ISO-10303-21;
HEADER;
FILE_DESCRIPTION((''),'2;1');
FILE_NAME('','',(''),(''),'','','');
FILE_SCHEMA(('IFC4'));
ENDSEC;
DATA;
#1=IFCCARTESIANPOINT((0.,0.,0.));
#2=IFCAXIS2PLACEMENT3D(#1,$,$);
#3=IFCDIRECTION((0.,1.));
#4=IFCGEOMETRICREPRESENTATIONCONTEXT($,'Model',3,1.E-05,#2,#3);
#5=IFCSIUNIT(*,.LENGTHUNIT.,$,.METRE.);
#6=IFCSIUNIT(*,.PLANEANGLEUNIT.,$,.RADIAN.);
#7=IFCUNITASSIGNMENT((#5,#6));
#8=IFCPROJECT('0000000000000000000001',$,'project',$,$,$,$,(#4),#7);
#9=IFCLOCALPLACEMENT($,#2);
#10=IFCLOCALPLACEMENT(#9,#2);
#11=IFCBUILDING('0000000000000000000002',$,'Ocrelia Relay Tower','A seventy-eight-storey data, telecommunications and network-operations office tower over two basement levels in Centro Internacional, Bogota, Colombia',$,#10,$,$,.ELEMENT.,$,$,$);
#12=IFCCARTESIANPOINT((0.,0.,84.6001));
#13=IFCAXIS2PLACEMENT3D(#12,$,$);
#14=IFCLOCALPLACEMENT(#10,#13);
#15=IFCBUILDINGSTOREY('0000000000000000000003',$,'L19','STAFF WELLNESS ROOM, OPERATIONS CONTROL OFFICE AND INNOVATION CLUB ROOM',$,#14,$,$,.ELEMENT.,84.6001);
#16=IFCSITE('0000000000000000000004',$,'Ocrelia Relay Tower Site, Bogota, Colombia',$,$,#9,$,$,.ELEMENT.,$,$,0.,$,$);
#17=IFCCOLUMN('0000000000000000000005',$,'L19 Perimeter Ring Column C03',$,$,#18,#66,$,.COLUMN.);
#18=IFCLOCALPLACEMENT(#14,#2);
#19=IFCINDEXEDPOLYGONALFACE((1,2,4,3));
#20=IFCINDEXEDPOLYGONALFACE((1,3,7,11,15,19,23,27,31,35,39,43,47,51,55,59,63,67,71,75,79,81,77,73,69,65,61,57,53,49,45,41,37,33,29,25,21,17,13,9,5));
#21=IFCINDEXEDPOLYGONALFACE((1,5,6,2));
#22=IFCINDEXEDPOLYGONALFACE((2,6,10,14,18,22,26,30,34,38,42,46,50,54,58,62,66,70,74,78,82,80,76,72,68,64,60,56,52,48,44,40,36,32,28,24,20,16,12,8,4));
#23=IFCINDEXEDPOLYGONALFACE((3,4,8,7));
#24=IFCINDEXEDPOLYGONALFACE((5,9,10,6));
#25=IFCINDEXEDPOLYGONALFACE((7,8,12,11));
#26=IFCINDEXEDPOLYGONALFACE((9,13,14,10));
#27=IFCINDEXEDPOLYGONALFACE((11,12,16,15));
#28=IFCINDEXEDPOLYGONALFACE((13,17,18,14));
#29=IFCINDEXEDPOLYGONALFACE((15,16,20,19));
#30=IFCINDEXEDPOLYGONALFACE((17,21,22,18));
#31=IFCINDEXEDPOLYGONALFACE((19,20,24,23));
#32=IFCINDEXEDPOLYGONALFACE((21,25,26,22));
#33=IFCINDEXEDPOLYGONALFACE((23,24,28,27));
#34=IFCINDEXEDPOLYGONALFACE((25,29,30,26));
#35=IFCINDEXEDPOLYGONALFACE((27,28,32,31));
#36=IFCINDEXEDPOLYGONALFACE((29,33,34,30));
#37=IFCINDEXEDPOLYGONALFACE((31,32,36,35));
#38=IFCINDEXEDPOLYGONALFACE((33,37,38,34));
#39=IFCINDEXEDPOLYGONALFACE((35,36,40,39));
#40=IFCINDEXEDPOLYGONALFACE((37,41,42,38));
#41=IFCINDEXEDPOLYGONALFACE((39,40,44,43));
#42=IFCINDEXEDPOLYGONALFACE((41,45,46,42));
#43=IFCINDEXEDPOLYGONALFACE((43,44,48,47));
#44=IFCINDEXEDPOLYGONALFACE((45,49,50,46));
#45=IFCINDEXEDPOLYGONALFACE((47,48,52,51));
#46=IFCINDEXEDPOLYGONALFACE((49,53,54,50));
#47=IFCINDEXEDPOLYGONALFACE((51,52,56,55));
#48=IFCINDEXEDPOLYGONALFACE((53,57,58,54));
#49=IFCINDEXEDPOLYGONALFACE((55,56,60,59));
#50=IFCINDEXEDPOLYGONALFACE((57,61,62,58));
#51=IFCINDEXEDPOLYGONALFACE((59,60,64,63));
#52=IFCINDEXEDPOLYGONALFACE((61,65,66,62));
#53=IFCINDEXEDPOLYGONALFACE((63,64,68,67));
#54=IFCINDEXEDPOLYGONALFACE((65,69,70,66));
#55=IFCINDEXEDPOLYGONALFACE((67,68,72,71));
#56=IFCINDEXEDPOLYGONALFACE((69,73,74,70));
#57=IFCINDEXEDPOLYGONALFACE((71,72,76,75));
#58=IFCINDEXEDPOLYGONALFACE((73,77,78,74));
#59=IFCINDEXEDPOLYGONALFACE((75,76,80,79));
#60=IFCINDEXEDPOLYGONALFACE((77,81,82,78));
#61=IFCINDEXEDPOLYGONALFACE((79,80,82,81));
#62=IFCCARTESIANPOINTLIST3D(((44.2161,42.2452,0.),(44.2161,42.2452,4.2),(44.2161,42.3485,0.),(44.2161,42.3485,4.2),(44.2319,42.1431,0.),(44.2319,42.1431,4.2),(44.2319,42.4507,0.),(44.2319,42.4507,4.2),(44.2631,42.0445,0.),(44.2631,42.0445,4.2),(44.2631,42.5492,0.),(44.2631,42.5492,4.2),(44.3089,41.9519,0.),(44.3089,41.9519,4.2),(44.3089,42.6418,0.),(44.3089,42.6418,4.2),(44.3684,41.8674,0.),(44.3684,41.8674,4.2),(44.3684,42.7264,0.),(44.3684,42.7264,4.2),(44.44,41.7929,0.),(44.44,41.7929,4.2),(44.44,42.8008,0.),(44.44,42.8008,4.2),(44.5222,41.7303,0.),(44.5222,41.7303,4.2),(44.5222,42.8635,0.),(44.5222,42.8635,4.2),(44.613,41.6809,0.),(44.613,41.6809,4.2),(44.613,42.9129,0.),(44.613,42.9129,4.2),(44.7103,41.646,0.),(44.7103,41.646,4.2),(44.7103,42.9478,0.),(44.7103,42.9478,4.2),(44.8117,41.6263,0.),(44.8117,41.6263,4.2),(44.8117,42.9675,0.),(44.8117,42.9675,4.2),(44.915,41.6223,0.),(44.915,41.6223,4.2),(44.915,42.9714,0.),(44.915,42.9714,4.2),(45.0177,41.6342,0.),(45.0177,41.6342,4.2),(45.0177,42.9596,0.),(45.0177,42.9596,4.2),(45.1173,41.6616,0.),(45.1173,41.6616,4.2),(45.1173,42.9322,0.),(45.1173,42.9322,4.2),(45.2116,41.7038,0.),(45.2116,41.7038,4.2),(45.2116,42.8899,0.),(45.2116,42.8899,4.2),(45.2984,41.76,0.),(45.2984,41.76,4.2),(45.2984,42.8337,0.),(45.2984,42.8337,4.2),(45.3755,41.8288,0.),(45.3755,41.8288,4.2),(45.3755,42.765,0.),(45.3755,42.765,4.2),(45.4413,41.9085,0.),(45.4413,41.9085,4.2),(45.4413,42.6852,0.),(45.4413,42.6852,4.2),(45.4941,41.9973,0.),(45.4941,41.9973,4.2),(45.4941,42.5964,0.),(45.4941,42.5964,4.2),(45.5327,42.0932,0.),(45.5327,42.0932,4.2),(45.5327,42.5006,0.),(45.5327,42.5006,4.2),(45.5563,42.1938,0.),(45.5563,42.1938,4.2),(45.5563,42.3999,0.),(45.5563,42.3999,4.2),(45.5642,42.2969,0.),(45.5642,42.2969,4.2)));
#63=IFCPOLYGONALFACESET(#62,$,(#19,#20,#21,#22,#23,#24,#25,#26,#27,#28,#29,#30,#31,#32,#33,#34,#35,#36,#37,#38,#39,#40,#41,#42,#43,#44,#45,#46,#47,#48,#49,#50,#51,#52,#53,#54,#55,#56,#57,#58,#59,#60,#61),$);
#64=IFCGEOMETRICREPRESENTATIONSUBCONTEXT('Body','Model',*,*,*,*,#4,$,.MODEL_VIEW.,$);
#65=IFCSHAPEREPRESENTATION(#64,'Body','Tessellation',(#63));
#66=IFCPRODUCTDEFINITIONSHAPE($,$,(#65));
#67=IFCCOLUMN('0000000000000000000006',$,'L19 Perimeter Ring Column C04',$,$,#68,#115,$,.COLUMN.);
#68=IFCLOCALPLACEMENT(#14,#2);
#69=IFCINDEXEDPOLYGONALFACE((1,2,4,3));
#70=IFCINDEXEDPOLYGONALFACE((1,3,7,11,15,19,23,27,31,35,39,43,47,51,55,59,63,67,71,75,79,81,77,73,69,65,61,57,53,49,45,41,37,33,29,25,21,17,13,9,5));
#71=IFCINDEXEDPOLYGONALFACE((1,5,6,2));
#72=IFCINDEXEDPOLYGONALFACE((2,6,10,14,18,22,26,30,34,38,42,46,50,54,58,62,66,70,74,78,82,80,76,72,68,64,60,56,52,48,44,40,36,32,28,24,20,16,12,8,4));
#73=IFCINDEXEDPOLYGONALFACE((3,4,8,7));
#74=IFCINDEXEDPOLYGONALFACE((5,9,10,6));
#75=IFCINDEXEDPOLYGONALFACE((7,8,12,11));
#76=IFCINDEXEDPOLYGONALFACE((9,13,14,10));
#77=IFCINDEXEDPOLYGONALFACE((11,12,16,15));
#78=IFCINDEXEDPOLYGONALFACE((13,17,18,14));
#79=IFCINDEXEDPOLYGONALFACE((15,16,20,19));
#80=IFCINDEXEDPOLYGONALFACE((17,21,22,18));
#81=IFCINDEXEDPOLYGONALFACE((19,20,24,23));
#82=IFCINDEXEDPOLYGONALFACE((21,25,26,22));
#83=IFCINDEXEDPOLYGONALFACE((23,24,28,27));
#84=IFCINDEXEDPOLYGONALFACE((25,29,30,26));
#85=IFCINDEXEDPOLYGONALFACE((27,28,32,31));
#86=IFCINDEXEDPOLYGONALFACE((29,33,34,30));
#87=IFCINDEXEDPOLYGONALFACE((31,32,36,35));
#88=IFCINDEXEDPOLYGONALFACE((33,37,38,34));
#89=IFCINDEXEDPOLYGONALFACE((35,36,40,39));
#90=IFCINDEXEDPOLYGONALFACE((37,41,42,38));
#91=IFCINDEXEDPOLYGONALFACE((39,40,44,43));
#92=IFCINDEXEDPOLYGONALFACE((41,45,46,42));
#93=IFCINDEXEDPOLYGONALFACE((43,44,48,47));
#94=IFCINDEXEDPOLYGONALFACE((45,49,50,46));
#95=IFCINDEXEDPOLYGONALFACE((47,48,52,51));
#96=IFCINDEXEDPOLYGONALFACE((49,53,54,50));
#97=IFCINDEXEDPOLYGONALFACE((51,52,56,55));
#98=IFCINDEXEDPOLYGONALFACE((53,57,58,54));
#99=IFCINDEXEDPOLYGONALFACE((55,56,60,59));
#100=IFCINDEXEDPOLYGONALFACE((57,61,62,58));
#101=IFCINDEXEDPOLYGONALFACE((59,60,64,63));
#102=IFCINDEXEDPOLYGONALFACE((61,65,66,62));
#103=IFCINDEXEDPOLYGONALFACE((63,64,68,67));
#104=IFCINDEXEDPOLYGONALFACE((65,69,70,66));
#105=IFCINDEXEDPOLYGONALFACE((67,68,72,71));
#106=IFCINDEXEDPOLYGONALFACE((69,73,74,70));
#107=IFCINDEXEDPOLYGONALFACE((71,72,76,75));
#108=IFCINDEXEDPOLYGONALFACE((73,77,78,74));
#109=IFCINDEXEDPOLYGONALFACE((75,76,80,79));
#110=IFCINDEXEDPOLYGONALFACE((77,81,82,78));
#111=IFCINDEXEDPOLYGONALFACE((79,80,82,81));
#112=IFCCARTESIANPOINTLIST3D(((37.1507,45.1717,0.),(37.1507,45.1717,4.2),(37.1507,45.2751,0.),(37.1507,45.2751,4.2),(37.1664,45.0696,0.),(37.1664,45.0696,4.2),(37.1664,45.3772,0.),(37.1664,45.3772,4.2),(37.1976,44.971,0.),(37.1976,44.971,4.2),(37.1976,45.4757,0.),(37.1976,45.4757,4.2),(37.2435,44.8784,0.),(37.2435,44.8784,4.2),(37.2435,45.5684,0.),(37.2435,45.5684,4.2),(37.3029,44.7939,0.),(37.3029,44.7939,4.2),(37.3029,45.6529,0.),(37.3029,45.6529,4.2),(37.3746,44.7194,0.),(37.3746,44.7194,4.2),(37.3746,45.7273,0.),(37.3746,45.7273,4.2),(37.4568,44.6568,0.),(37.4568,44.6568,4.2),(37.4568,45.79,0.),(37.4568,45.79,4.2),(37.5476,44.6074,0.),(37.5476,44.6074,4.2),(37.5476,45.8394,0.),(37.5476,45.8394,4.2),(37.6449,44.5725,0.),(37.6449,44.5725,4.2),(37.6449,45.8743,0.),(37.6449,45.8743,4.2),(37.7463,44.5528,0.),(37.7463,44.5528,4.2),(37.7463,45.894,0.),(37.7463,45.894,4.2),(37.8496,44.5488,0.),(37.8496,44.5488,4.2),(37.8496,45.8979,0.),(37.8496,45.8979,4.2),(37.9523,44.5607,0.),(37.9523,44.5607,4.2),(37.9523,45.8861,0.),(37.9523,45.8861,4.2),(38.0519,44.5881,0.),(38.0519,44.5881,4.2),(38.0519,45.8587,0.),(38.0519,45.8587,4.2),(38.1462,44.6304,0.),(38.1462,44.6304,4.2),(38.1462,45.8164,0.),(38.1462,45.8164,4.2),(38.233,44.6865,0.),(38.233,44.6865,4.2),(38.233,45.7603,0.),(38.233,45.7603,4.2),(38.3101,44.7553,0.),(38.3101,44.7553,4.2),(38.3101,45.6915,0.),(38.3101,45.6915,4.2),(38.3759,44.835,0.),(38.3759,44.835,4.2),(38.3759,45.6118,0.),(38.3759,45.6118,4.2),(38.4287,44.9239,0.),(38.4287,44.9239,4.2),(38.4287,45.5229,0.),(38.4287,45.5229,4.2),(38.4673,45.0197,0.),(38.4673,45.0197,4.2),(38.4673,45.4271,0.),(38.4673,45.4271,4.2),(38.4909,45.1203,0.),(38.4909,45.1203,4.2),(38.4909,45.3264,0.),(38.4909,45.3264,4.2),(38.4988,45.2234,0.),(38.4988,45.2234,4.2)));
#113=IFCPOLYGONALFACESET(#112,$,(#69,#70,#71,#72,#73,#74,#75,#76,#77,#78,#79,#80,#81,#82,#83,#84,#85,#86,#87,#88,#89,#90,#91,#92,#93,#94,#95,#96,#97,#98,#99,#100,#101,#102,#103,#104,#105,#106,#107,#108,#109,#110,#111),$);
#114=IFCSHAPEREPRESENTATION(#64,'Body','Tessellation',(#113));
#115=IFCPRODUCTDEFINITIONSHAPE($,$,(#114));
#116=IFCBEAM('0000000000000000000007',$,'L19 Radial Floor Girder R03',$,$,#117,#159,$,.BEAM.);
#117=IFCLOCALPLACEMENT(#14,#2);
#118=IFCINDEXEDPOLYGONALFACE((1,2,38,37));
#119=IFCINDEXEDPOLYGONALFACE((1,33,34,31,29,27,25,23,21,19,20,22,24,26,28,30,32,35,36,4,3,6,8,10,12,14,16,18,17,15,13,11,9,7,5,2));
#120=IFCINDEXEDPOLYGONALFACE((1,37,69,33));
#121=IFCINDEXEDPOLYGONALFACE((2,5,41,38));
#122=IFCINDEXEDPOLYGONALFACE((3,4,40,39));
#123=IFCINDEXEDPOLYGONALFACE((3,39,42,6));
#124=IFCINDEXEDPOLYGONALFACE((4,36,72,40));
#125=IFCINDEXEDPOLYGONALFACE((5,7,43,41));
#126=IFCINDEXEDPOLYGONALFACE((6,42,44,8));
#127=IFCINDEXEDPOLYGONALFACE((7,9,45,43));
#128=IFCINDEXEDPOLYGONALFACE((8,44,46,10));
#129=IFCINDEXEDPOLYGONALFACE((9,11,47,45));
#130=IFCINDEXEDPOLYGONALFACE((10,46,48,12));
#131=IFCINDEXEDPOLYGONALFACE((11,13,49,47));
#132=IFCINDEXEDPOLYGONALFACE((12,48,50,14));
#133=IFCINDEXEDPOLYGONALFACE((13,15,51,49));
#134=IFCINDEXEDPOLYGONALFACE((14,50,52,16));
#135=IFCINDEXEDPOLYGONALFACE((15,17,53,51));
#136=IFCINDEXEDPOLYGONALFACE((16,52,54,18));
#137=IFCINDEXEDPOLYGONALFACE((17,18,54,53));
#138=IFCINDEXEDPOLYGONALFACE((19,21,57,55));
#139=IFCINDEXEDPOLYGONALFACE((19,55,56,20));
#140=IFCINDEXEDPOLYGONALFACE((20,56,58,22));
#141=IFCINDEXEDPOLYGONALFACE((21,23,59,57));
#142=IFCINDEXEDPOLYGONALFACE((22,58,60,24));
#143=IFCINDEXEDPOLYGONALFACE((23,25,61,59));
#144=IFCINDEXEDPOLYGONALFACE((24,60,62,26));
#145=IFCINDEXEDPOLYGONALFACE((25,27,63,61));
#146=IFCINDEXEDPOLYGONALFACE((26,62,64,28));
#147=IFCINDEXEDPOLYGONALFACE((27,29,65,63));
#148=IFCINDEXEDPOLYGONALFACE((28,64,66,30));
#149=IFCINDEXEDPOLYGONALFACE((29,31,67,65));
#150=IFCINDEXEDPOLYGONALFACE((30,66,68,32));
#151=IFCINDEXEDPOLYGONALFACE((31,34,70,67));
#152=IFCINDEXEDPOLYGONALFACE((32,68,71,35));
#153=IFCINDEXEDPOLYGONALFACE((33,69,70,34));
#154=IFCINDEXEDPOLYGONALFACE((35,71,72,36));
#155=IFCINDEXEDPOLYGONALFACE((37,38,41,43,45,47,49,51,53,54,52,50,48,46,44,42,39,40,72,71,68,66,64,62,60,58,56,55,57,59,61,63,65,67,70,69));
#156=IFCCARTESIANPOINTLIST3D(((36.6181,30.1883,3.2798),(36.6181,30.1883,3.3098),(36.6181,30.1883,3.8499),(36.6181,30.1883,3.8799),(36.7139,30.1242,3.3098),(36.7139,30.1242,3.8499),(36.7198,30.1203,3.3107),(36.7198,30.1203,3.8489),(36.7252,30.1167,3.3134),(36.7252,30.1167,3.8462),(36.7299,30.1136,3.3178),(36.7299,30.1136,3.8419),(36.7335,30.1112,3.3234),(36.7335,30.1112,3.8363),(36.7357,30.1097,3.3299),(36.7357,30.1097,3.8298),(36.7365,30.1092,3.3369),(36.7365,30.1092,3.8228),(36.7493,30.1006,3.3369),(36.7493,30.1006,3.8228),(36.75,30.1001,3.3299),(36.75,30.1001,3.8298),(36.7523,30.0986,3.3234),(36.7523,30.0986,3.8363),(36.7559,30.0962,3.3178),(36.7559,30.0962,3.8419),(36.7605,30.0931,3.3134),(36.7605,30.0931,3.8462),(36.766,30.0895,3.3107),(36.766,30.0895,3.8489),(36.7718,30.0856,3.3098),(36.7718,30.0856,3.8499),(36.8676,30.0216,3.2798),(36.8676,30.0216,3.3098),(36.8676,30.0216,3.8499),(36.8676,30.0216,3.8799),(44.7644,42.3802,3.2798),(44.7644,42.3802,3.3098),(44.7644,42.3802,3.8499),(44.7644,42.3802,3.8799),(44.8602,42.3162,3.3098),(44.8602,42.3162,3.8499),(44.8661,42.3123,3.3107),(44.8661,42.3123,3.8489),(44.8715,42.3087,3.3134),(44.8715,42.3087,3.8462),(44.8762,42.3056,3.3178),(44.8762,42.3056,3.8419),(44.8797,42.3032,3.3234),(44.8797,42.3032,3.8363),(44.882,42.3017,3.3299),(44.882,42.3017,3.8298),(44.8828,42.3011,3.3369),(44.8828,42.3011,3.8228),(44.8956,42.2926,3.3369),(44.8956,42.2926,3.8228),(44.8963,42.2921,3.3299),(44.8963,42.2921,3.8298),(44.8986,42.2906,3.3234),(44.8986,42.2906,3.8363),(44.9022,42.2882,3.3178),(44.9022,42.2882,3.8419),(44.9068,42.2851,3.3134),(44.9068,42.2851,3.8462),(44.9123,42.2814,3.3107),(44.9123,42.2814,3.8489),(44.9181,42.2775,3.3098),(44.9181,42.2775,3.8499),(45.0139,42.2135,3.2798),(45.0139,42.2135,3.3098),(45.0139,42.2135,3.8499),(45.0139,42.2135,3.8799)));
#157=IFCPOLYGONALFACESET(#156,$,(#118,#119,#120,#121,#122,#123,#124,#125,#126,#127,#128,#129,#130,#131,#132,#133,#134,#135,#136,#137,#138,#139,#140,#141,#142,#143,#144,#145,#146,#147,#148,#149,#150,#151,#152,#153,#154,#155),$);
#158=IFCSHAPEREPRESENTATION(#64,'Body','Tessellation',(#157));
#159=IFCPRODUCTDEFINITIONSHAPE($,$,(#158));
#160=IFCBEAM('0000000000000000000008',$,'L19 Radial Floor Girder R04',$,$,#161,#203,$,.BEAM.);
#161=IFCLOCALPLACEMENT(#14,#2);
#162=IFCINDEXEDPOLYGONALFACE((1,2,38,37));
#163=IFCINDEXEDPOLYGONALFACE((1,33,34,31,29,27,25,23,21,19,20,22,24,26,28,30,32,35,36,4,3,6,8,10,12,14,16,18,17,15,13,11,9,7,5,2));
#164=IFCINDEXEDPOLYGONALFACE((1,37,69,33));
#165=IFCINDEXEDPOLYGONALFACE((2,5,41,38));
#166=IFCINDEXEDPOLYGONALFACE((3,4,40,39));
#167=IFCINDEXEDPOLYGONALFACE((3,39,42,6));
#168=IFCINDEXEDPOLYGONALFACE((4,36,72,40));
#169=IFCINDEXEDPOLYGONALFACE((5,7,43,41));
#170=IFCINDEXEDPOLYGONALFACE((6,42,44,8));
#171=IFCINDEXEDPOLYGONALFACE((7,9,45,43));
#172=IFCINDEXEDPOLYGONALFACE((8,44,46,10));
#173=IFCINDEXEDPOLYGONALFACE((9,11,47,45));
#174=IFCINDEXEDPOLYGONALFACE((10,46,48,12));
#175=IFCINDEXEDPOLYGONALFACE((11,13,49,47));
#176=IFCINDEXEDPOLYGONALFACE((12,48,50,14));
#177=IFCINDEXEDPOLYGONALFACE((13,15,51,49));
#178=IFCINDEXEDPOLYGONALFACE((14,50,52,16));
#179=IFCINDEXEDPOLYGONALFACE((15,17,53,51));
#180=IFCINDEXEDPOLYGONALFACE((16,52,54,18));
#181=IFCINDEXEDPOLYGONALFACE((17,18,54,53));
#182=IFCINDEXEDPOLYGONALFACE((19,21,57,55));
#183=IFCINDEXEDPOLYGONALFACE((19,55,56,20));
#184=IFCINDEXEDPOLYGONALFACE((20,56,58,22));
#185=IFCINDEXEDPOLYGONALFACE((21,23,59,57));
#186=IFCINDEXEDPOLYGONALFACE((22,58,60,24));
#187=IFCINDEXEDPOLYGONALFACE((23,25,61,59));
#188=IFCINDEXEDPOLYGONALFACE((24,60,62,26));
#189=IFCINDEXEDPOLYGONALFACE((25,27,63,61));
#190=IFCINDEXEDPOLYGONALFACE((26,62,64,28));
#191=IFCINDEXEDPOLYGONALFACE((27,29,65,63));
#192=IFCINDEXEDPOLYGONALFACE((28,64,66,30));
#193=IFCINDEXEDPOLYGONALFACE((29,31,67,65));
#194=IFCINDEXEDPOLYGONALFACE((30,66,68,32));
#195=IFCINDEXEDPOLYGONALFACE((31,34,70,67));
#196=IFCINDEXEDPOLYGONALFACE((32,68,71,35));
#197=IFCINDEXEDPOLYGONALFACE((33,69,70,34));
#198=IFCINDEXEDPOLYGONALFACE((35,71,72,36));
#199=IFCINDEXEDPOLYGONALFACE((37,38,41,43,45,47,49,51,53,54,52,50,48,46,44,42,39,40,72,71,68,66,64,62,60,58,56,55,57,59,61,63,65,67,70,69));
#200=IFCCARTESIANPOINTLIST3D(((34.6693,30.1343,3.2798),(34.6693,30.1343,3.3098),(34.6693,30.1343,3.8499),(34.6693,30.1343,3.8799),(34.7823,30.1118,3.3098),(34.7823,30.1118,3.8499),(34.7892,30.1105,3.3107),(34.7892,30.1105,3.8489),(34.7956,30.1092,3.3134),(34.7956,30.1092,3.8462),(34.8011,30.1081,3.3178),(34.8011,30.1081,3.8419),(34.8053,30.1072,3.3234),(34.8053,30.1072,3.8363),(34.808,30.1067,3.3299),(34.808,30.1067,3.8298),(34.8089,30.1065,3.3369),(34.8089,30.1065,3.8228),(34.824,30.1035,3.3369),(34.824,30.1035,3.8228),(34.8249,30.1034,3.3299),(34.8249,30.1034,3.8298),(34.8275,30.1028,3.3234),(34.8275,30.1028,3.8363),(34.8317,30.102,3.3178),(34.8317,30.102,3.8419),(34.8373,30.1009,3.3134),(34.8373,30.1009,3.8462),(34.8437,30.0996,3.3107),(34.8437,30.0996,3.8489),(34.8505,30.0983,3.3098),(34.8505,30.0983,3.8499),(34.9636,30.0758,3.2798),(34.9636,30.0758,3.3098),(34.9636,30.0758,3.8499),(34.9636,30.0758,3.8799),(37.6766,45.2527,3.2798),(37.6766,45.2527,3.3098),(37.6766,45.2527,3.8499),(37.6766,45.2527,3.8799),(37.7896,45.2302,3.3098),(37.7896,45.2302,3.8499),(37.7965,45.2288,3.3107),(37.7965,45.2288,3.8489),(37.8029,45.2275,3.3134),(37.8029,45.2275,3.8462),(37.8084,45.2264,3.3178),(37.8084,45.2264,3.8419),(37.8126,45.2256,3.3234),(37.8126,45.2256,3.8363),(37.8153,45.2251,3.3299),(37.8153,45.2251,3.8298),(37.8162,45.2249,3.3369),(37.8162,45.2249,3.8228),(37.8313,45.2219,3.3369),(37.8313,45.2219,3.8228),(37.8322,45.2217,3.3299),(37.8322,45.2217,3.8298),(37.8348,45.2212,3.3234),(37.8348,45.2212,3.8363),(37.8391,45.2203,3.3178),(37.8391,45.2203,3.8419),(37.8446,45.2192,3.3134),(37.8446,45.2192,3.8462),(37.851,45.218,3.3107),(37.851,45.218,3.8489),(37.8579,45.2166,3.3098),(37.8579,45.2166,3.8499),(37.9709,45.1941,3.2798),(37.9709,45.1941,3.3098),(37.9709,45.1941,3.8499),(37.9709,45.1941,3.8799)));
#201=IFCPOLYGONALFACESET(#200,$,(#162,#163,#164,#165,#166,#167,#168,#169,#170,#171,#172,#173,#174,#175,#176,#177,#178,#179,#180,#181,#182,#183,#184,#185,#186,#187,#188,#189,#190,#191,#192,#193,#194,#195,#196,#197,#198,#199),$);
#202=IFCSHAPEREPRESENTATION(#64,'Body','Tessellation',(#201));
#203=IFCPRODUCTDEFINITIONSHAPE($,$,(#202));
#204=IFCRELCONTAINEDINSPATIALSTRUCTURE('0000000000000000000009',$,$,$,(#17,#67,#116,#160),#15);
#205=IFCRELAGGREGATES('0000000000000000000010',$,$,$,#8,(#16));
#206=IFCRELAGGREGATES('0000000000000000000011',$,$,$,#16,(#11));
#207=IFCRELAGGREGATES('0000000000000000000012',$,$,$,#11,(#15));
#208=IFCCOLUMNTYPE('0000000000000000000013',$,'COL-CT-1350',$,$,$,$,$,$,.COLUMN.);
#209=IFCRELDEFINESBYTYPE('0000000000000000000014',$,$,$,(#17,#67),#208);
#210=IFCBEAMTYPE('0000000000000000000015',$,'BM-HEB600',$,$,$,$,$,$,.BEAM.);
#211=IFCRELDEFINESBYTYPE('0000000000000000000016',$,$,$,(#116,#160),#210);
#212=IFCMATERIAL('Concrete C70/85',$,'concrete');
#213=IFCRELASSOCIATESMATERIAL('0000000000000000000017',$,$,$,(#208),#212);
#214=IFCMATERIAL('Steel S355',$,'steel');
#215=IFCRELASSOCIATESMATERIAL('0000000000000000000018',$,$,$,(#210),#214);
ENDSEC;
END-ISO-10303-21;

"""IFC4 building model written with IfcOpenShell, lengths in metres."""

from ifc_helpers import new_model, si_unit, direction, frame, origin, origin_2d, place, context, subcontext, project, spatial, circle, i_section, extrude, material, material_profile, profile_set, type_object, element, save


model = new_model("IFC4")

# Units and contexts
model_context = context("Model", 3, precision=1e-05, world=origin(), true_north=direction((0.0, 1.0)))
body_context = subcontext(model_context, "Body", "Model", "MODEL_VIEW")
ifc_project = project(units=[si_unit("LENGTHUNIT", "METRE"), si_unit("PLANEANGLEUNIT", "RADIAN")], contexts=[model_context])

# Site, building, storey
site_placement = place(None, origin())
site = spatial("IfcSite", under=ifc_project, at=site_placement, Name="Ocrelia Relay Tower Site, Bogota, Colombia", CompositionType="ELEMENT", RefElevation=0.0)
building_placement = place(site_placement, origin())
building = spatial("IfcBuilding", under=site, at=building_placement, Name="Ocrelia Relay Tower", Description="A seventy-eight-storey data, telecommunications and network-operations office tower over two basement levels in Centro Internacional, Bogota, Colombia", CompositionType="ELEMENT")
storey_placement = place(building_placement, frame((0.0, 0.0, 84.6001)))
storey = spatial("IfcBuildingStorey", under=building, at=storey_placement, Name="L19", Description="STAFF WELLNESS ROOM, OPERATIONS CONTROL OFFICE AND INNOVATION CLUB ROOM", CompositionType="ELEMENT", Elevation=84.6001)

# Columns
ifc_material_1 = material(Name="Concrete C70/85", Category="concrete")
ifc_material_profile_1 = material_profile(ifc_material_1, circle(Radius=0.675, at=origin_2d()), Name="RC-CIR-1350")
ifc_profile_set_1 = profile_set([ifc_material_profile_1], Name="Concrete C70/85")
column_type = type_object("IfcColumnType", Name="COL-CT-1350", PredefinedType="COLUMN", material=ifc_profile_set_1)
for number, where, z_axis, x_axis, name in (
    (1, (44.8892, 42.2969, 0.0), (0.0, 0.0, 1.0), (1.0, 0.0, 0.0), "L19 Perimeter Ring Column C03"),
    (2, (37.8237, 45.2234, 0.0), (0.0, 0.0, 1.0), (1.0, 0.0, 0.0), "L19 Perimeter Ring Column C04"),
):
    element("IfcColumn", number, at=place(storey_placement, frame(where, z_axis=z_axis, x_axis=x_axis)), inside=storey, type_object=column_type, Name=name, PredefinedType="COLUMN", context=body_context, shape_type="SweptSolid", body=[
        extrude(circle(Radius=0.675, at=origin_2d()), origin(), (0.0, 0.0, 1.0), 4.2),
    ])

# Beams
ifc_material_2 = material(Name="Steel S355", Category="steel")
ifc_material_profile_2 = material_profile(ifc_material_2, i_section(OverallWidth=0.3, OverallDepth=0.6001, WebThickness=0.0154, FlangeThickness=0.03, FilletRadius=0.0271, at=origin_2d()), Name="HEB 600")
ifc_profile_set_2 = profile_set([ifc_material_profile_2], Name="Steel S355")
beam_type_1 = type_object("IfcBeamType", Name="BM-HEB600", PredefinedType="BEAM", material=ifc_profile_set_2)
beam_1_placement = place(storey_placement, frame((44.8892, 42.2969, 3.5798), z_axis=(-0.555564, -0.831473, 0.0), x_axis=(0.831473, -0.555564, 0.0)))
element("IfcBeam", 3, at=beam_1_placement, inside=storey, type_object=beam_type_1, Name="L19 Radial Floor Girder R03", PredefinedType="BEAM", context=body_context, shape_type="SweptSolid", body=[
    extrude(i_section(OverallWidth=0.3, OverallDepth=0.6001, WebThickness=0.0154, FlangeThickness=0.03, FilletRadius=0.0271, at=origin_2d()), origin(), (0.0, 0.0, 1.0), 14.6631),
])
beam_2_placement = place(storey_placement, frame((37.8237, 45.2234, 3.5798), z_axis=(-0.195096, -0.980784, 0.0), x_axis=(0.980784, -0.195096, 0.0)))
element("IfcBeam", 4, at=beam_2_placement, inside=storey, type_object=beam_type_1, Name="L19 Radial Floor Girder R04", PredefinedType="BEAM", context=body_context, shape_type="SweptSolid", body=[
    extrude(i_section(OverallWidth=0.3, OverallDepth=0.6001, WebThickness=0.0154, FlangeThickness=0.03, FilletRadius=0.0271, at=origin_2d()), origin(), (0.0, 0.0, 1.0), 15.4146),
])

save(model, "model.ifc")
